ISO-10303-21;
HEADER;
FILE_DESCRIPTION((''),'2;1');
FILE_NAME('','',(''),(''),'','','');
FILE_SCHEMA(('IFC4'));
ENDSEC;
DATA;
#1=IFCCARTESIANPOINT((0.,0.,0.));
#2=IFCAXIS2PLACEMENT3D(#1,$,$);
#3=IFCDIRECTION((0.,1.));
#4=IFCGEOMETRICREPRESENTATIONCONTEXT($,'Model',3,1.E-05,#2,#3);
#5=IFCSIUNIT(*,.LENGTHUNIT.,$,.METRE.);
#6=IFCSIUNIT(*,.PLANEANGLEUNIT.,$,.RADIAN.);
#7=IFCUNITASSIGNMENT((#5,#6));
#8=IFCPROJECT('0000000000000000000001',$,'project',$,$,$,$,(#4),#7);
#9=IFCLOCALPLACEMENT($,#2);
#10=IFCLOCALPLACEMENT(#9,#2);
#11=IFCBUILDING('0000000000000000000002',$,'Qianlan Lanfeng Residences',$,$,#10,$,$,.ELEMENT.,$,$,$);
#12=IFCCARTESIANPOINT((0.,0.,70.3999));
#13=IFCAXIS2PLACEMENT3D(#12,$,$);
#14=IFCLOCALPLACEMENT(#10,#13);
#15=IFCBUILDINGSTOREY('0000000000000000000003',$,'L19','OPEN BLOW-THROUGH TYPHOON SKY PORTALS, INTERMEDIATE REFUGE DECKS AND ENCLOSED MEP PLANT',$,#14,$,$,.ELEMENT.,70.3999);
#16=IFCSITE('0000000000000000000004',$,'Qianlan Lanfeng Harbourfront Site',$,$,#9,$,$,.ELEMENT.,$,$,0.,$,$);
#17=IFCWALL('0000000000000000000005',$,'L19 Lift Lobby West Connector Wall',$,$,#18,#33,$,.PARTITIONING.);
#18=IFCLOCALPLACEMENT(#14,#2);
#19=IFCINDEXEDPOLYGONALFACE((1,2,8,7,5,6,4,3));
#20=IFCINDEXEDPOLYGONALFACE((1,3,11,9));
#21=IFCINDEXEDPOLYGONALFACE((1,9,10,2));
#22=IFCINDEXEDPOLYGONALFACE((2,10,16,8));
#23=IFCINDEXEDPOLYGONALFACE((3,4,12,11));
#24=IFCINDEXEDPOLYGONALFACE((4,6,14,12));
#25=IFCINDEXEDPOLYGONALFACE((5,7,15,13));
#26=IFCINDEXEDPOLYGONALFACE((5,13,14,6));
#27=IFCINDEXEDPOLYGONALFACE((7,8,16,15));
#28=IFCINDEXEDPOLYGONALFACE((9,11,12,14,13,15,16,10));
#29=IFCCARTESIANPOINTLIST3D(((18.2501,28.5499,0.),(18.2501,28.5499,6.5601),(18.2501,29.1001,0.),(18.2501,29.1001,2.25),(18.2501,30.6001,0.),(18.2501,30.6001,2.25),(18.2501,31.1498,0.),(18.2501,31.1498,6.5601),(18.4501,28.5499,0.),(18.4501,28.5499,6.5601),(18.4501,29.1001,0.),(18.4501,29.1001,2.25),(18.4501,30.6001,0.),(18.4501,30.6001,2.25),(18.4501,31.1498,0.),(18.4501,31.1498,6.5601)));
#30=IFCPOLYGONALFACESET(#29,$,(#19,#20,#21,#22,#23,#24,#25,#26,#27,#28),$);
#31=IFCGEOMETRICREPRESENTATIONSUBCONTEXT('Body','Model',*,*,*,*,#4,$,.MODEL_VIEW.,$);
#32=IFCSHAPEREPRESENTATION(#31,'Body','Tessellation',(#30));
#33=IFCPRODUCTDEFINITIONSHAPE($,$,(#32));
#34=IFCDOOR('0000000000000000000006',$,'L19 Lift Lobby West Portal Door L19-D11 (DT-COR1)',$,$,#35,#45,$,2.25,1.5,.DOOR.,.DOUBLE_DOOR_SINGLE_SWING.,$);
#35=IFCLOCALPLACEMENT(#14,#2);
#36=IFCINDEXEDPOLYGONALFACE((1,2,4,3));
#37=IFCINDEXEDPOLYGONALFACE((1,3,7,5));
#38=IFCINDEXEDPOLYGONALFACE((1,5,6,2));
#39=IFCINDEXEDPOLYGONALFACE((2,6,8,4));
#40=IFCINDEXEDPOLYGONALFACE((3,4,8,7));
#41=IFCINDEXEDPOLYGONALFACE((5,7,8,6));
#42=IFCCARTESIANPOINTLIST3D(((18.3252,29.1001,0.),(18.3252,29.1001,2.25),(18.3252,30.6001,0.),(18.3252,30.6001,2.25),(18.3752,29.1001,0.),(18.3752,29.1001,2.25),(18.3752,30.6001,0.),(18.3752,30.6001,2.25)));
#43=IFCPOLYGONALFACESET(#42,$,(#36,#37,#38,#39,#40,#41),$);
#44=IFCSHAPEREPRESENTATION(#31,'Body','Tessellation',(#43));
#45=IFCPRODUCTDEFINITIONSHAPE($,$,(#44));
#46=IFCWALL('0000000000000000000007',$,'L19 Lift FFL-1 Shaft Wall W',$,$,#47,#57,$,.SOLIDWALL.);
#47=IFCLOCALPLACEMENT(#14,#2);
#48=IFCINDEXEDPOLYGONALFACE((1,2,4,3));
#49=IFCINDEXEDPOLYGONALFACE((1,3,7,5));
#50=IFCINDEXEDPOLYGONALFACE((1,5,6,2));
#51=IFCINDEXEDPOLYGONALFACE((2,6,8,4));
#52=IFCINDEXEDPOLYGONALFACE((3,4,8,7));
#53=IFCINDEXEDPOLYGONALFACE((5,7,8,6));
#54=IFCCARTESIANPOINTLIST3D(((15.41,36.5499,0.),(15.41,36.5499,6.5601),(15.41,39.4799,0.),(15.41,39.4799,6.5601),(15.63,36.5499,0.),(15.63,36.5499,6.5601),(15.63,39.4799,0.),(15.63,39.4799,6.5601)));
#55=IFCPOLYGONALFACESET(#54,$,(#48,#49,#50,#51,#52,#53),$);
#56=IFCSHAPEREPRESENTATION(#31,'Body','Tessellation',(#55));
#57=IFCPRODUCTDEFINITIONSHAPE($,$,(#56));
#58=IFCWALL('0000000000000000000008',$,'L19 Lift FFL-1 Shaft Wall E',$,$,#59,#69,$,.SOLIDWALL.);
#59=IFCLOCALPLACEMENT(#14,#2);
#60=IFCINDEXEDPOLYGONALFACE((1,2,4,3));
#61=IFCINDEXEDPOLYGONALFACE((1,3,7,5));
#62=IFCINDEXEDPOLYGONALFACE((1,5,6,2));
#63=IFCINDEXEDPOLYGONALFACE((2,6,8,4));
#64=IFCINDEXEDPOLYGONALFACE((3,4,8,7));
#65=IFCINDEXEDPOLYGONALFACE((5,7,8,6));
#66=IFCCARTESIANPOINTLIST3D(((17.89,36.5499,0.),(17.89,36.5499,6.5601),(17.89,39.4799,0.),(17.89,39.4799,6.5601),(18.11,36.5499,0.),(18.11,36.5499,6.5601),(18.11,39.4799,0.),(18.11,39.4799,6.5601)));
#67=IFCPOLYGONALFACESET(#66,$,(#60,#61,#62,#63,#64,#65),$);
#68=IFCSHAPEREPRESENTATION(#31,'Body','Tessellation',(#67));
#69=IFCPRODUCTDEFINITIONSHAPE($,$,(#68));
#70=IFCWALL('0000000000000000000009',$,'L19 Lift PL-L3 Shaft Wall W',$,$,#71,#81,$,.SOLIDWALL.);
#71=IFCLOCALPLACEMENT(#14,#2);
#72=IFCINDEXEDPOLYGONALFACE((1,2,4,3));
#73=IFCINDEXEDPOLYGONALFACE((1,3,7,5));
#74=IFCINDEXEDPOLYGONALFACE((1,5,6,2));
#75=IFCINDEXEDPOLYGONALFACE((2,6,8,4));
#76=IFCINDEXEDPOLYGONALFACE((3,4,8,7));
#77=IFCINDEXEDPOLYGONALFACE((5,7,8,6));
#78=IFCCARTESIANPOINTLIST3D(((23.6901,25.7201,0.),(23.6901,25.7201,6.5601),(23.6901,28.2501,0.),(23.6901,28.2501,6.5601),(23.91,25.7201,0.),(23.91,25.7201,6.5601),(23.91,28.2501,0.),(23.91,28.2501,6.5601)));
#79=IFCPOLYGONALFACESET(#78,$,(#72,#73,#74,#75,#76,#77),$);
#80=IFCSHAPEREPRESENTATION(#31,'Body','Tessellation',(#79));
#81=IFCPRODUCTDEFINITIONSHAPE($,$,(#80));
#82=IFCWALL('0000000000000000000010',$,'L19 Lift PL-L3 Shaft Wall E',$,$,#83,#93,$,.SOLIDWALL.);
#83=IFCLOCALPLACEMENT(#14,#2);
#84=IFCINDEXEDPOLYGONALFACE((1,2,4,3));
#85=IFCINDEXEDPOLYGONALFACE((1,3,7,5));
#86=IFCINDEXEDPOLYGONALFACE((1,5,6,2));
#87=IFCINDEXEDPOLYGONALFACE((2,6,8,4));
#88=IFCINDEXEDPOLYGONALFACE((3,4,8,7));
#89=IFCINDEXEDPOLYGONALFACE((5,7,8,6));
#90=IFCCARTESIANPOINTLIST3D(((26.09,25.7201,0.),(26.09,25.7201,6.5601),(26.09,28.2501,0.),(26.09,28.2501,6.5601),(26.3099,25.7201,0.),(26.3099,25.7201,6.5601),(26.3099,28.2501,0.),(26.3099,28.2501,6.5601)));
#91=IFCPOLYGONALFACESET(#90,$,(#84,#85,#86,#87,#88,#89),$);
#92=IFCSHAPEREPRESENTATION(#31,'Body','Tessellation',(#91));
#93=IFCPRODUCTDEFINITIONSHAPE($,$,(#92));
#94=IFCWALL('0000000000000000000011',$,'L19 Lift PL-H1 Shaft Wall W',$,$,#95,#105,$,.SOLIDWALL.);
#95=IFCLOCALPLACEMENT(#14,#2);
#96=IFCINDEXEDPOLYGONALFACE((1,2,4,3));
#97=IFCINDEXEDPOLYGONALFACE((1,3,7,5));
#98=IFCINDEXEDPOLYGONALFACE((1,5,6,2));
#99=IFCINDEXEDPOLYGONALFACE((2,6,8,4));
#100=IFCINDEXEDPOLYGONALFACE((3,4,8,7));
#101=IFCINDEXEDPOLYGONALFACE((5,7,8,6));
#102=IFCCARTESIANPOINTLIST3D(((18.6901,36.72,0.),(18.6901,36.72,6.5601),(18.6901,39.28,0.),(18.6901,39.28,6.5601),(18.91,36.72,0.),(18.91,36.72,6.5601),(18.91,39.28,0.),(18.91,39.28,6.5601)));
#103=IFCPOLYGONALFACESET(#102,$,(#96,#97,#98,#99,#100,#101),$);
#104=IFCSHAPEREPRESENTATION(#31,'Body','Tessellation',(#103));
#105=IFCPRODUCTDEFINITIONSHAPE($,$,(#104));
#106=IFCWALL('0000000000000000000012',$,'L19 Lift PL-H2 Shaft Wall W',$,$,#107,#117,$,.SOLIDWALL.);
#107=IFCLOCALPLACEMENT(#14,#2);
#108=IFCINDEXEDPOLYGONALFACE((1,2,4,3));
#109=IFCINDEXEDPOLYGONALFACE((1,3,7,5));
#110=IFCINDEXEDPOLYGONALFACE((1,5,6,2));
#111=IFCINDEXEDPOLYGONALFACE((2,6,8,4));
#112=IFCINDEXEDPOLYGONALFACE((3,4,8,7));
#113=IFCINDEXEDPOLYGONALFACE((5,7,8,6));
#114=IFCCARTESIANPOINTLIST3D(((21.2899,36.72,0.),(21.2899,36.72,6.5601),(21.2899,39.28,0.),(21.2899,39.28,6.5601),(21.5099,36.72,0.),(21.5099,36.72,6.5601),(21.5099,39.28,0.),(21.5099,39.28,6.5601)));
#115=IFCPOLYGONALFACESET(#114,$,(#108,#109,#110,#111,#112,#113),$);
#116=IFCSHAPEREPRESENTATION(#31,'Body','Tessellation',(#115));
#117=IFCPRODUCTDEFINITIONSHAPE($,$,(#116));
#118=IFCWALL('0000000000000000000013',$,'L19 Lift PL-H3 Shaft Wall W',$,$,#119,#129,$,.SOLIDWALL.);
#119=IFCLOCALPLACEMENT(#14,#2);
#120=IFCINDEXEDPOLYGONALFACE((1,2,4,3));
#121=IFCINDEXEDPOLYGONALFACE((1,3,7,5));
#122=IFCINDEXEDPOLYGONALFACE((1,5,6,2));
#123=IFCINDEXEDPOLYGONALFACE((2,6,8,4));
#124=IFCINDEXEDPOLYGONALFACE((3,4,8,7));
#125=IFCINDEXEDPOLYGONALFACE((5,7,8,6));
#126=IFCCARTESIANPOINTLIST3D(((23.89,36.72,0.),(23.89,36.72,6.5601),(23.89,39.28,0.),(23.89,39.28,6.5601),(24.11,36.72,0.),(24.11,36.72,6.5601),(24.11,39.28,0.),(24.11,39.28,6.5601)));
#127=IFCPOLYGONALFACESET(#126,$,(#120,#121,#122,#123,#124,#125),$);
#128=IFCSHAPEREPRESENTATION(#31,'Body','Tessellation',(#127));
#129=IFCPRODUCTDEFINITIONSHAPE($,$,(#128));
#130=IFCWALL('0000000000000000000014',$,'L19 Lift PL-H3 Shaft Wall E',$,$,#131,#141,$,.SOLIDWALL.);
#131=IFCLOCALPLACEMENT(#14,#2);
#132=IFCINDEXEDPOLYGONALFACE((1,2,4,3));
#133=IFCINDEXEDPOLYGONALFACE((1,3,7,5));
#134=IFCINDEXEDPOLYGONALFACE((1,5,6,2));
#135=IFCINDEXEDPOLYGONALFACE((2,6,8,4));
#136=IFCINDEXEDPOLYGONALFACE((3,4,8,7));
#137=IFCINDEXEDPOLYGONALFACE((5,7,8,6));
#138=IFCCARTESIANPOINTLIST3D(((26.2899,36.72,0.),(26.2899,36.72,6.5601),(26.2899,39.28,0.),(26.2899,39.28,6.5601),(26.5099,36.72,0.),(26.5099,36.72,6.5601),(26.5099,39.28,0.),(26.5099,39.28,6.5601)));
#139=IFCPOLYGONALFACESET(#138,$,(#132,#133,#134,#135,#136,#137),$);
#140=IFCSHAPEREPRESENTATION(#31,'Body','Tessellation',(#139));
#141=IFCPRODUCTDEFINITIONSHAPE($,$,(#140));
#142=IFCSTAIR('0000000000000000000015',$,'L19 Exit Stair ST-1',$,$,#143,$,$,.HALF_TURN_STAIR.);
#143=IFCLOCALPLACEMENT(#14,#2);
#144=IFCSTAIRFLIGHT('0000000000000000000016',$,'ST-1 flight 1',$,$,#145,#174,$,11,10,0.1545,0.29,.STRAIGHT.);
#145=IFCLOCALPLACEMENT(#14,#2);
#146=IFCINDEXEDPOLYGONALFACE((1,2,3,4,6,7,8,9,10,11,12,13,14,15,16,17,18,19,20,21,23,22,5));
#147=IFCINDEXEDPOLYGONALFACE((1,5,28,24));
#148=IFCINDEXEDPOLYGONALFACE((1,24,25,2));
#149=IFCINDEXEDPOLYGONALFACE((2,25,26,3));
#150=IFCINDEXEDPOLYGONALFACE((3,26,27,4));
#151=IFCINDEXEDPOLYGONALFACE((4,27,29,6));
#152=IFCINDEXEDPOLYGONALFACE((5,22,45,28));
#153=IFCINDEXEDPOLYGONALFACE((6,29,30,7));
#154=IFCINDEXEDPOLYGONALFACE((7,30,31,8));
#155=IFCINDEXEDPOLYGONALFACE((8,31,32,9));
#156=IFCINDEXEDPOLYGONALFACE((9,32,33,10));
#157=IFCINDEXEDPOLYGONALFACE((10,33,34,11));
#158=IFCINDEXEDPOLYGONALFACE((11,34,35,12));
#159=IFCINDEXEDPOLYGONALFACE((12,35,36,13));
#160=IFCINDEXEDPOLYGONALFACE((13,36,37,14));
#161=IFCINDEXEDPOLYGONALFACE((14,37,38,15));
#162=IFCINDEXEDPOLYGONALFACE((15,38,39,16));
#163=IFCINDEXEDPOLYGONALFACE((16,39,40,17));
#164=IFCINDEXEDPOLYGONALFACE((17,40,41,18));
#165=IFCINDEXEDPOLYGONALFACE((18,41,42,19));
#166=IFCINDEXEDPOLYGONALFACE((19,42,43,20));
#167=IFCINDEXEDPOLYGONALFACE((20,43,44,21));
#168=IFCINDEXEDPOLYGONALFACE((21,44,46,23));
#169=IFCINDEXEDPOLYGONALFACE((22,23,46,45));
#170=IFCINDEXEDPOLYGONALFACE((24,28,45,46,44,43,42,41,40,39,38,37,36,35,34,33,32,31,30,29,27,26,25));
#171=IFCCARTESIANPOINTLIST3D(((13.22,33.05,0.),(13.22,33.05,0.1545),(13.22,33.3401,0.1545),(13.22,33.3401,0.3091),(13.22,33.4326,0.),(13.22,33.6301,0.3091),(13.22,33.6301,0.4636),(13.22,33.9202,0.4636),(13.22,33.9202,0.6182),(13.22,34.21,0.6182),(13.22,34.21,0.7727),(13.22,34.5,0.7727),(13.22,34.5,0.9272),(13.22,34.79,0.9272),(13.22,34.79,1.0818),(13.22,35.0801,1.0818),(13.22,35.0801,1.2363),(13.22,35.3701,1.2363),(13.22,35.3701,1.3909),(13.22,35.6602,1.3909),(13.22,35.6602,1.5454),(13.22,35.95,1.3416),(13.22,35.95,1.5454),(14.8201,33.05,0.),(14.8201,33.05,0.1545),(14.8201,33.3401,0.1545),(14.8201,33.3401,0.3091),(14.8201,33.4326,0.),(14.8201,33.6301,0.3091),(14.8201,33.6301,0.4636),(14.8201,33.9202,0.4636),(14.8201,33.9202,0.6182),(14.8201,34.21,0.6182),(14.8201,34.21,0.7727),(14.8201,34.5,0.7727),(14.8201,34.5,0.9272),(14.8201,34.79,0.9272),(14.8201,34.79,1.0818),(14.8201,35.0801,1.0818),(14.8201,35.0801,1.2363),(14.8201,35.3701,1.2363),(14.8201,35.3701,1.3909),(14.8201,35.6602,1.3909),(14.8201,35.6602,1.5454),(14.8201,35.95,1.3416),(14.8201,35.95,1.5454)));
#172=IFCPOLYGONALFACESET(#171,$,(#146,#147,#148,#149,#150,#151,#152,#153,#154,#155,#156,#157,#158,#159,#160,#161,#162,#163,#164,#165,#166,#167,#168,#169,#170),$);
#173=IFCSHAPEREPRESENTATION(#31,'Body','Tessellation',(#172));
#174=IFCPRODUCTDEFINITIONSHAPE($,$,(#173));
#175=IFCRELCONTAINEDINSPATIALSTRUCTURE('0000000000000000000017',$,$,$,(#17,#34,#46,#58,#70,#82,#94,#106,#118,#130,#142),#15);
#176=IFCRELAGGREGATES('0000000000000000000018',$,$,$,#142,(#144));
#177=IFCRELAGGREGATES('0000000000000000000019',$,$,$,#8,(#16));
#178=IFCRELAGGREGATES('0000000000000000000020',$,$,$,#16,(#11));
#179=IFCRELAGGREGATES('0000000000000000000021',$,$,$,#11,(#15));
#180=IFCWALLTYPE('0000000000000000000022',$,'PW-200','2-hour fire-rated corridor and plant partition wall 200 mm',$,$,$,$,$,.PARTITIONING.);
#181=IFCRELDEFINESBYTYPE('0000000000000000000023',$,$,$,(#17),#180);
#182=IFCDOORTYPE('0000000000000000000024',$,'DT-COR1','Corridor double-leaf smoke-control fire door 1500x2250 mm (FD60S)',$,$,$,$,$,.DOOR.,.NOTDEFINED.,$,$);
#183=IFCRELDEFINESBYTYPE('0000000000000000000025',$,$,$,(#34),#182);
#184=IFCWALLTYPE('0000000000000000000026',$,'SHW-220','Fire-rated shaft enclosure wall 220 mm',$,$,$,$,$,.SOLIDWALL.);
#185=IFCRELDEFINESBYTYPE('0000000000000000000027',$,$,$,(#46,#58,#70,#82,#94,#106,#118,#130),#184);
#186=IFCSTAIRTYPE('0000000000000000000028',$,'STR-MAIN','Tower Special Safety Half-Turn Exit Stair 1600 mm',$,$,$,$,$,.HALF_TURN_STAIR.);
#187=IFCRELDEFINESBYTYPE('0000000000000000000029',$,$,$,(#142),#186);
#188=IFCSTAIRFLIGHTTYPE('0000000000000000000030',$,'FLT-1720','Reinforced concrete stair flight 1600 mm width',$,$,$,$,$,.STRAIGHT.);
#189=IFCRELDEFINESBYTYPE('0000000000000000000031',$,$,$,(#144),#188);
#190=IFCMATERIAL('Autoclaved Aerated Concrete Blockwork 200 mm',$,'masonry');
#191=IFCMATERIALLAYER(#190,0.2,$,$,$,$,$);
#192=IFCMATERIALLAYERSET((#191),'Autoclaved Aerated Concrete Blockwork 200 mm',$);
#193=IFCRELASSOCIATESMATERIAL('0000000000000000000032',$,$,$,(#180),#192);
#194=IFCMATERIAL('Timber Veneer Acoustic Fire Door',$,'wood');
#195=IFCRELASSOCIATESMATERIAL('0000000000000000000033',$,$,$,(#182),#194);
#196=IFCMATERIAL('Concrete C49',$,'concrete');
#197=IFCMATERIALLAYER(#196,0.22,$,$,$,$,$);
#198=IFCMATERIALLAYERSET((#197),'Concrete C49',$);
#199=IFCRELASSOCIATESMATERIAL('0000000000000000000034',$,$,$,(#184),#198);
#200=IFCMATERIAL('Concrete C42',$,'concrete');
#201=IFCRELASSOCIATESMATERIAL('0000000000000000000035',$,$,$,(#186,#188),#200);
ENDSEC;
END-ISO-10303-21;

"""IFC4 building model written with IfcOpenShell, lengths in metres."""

from ifc_helpers import new_model, si_unit, direction, frame, frame_2d, origin, place, context, subcontext, project, spatial, polyline, rectangle, outline, extrude, material, layer, layer_set, type_object, element, fill, aggregate, save


model = new_model("IFC4")

# Units and contexts
model_context = context("Model", 3, precision=1e-05, world=origin(), true_north=direction((0.0, 1.0)))
body_context = subcontext(model_context, "Body", "Model", "MODEL_VIEW")
ifc_project = project(units=[si_unit("LENGTHUNIT", "METRE"), si_unit("PLANEANGLEUNIT", "RADIAN")], contexts=[model_context])

# Site, building, storey
site_placement = place(None, origin())
site = spatial("IfcSite", under=ifc_project, at=site_placement, Name="Qianlan Lanfeng Harbourfront Site", CompositionType="ELEMENT", RefElevation=0.0)
building_placement = place(site_placement, origin())
building = spatial("IfcBuilding", under=site, at=building_placement, Name="Qianlan Lanfeng Residences", CompositionType="ELEMENT")
storey_placement = place(building_placement, frame((0.0, 0.0, 70.3999)))
storey = spatial("IfcBuildingStorey", under=building, at=storey_placement, Name="L19", Description="OPEN BLOW-THROUGH TYPHOON SKY PORTALS, INTERMEDIATE REFUGE DECKS AND ENCLOSED MEP PLANT", CompositionType="ELEMENT", Elevation=70.3999)

# Wall, opening, door
ifc_material_1 = material(Name="Autoclaved Aerated Concrete Blockwork 200 mm", Category="masonry")
ifc_layer_1 = layer(ifc_material_1, 0.2)
ifc_layer_set_1 = layer_set([ifc_layer_1], Name="Autoclaved Aerated Concrete Blockwork 200 mm")
wall_type_1 = type_object("IfcWallType", Name="PW-200", Description="2-hour fire-rated corridor and plant partition wall 200 mm", PredefinedType="PARTITIONING", material=ifc_layer_set_1)
wall_1_placement = place(storey_placement, frame((18.3501, 28.55, 0.0), z_axis=(0.0, 0.0, 1.0), x_axis=(0.0, 1.0, 0.0)))
wall_1 = element("IfcWall", 1, at=wall_1_placement, inside=storey, type_object=wall_type_1, Name="L19 Lift Lobby West Connector Wall", PredefinedType="PARTITIONING", context=body_context, shape_type="SweptSolid", body=[
    extrude(rectangle(XDim=2.5999, YDim=0.2, at=frame_2d((1.2998, 0.0))), origin(), (0.0, 0.0, 1.0), 6.5601),
])
opening_1_placement = place(wall_1_placement, frame((0.55, 0.0, 0.0)))
opening_1 = element("IfcOpeningElement", 2, at=opening_1_placement, cuts=wall_1, PredefinedType="OPENING", context=body_context, shape_type="SweptSolid", body=[
    extrude(rectangle(XDim=1.5, YDim=2.25, at=frame_2d((0.75, 1.125))), frame((0.0, 0.1099, 0.0), z_axis=(0.0, -1.0, 0.0), x_axis=(1.0, 0.0, 0.0)), (0.0, 0.0, 1.0), 0.22),
])
ifc_material_2 = material(Name="Timber Veneer Acoustic Fire Door", Category="wood")
door_type_1 = type_object("IfcDoorType", Name="DT-COR1", Description="Corridor double-leaf smoke-control fire door 1500x2250 mm (FD60S)", OperationType="NOTDEFINED", PredefinedType="DOOR", material=ifc_material_2)
door_1_placement = place(opening_1_placement, origin())
door_1 = element("IfcDoor", 3, at=door_1_placement, inside=storey, type_object=door_type_1, Name="L19 Lift Lobby West Portal Door L19-D11 (DT-COR1)", OperationType="DOUBLE_DOOR_SINGLE_SWING", OverallHeight=2.25, OverallWidth=1.5, PredefinedType="DOOR", context=body_context, shape_type="SweptSolid", body=[
    extrude(rectangle(XDim=1.5, YDim=2.25, at=frame_2d((0.75, 1.125))), frame((0.0, 0.0249, 0.0), z_axis=(0.0, -1.0, 0.0), x_axis=(1.0, 0.0, 0.0)), (0.0, 0.0, 1.0), 0.05),
])
fill(opening_1, door_1)

# Walls
ifc_material_3 = material(Name="Concrete C49", Category="concrete")
ifc_layer_2 = layer(ifc_material_3, 0.22)
ifc_layer_set_2 = layer_set([ifc_layer_2], Name="Concrete C49")
wall_type_2 = type_object("IfcWallType", Name="SHW-220", Description="Fire-rated shaft enclosure wall 220 mm", PredefinedType="SOLIDWALL", material=ifc_layer_set_2)
for number, where, z_axis, x_axis, name in (
    (4, (15.52, 36.55, 0.0), (0.0, 0.0, 1.0), (0.0, 1.0, 0.0), "L19 Lift FFL-1 Shaft Wall W"),
    (5, (18.0, 36.55, 0.0), (0.0, 0.0, 1.0), (0.0, 1.0, 0.0), "L19 Lift FFL-1 Shaft Wall E"),
):
    element("IfcWall", number, at=place(storey_placement, frame(where, z_axis=z_axis, x_axis=x_axis)), inside=storey, type_object=wall_type_2, Name=name, PredefinedType="SOLIDWALL", context=body_context, shape_type="SweptSolid", body=[
        extrude(rectangle(XDim=2.9299, YDim=0.22, at=frame_2d((1.4648, 0.0))), origin(), (0.0, 0.0, 1.0), 6.5601),
    ])
for number, where, z_axis, x_axis, name in (
    (6, (23.8, 25.72, 0.0), (0.0, 0.0, 1.0), (0.0, 1.0, 0.0), "L19 Lift PL-L3 Shaft Wall W"),
    (7, (26.2, 25.72, 0.0), (0.0, 0.0, 1.0), (0.0, 1.0, 0.0), "L19 Lift PL-L3 Shaft Wall E"),
):
    element("IfcWall", number, at=place(storey_placement, frame(where, z_axis=z_axis, x_axis=x_axis)), inside=storey, type_object=wall_type_2, Name=name, PredefinedType="SOLIDWALL", context=body_context, shape_type="SweptSolid", body=[
        extrude(rectangle(XDim=2.53, YDim=0.22, at=frame_2d((1.2651, 0.0))), origin(), (0.0, 0.0, 1.0), 6.5601),
    ])
for number, where, z_axis, x_axis, name in (
    (8, (18.8, 36.72, 0.0), (0.0, 0.0, 1.0), (0.0, 1.0, 0.0), "L19 Lift PL-H1 Shaft Wall W"),
    (9, (21.3999, 36.72, 0.0), (0.0, 0.0, 1.0), (0.0, 1.0, 0.0), "L19 Lift PL-H2 Shaft Wall W"),
    (10, (24.0, 36.72, 0.0), (0.0, 0.0, 1.0), (0.0, 1.0, 0.0), "L19 Lift PL-H3 Shaft Wall W"),
    (11, (26.3999, 36.72, 0.0), (0.0, 0.0, 1.0), (0.0, 1.0, 0.0), "L19 Lift PL-H3 Shaft Wall E"),
):
    element("IfcWall", number, at=place(storey_placement, frame(where, z_axis=z_axis, x_axis=x_axis)), inside=storey, type_object=wall_type_2, Name=name, PredefinedType="SOLIDWALL", context=body_context, shape_type="SweptSolid", body=[
        extrude(rectangle(XDim=2.5601, YDim=0.22, at=frame_2d((1.28, 0.0))), origin(), (0.0, 0.0, 1.0), 6.5601),
    ])

# Stair, stair flight
ifc_material_4 = material(Name="Concrete C42", Category="concrete")
stair_type = type_object("IfcStairType", Name="STR-MAIN", Description="Tower Special Safety Half-Turn Exit Stair 1600 mm", PredefinedType="HALF_TURN_STAIR", material=ifc_material_4)
stair_placement = place(storey_placement, origin())
stair = element("IfcStair", 12, at=stair_placement, inside=storey, type_object=stair_type, Name="L19 Exit Stair ST-1", PredefinedType="HALF_TURN_STAIR")
stair_flight_type = type_object("IfcStairFlightType", Name="FLT-1720", Description="Reinforced concrete stair flight 1600 mm width", PredefinedType="STRAIGHT", material=ifc_material_4)
stair_flight_1_placement = place(storey_placement, frame((14.02, 33.05, 0.0), z_axis=(0.0, 0.0, 1.0), x_axis=(0.0, 1.0, 0.0)))
stair_flight_1 = element("IfcStairFlight", 13, at=stair_flight_1_placement, type_object=stair_flight_type, Name="ST-1 flight 1", NumberOfRisers=11, NumberOfTreads=10, PredefinedType="STRAIGHT", RiserHeight=0.1545, TreadLength=0.29, context=body_context, shape_type="SweptSolid", body=[
    extrude(outline(polyline([(0.0, 0.0), (0.0, 0.1545), (0.29, 0.1545), (0.29, 0.3091), (0.5801, 0.3091), (0.5801, 0.4636), (0.8701, 0.4636), (0.8701, 0.6182), (1.1599, 0.6182), (1.1599, 0.7727), (1.45, 0.7727), (1.45, 0.9272), (1.74, 0.9272), (1.74, 1.0818), (2.03, 1.0818), (2.03, 1.2363), (2.3201, 1.2363), (2.3201, 1.3909), (2.6101, 1.3909), (2.6101, 1.5454), (2.8999, 1.5454), (2.8999, 1.7), (2.8999, 1.3416), (0.3826, 0.0), (0.0, 0.0)])), frame((0.0, 0.8, 0.0), z_axis=(0.0, -1.0, 0.0), x_axis=(1.0, 0.0, 0.0)), (0.0, 0.0, 1.0), 1.6001),
])
aggregate(stair, [stair_flight_1])

save(model, "model.ifc")
